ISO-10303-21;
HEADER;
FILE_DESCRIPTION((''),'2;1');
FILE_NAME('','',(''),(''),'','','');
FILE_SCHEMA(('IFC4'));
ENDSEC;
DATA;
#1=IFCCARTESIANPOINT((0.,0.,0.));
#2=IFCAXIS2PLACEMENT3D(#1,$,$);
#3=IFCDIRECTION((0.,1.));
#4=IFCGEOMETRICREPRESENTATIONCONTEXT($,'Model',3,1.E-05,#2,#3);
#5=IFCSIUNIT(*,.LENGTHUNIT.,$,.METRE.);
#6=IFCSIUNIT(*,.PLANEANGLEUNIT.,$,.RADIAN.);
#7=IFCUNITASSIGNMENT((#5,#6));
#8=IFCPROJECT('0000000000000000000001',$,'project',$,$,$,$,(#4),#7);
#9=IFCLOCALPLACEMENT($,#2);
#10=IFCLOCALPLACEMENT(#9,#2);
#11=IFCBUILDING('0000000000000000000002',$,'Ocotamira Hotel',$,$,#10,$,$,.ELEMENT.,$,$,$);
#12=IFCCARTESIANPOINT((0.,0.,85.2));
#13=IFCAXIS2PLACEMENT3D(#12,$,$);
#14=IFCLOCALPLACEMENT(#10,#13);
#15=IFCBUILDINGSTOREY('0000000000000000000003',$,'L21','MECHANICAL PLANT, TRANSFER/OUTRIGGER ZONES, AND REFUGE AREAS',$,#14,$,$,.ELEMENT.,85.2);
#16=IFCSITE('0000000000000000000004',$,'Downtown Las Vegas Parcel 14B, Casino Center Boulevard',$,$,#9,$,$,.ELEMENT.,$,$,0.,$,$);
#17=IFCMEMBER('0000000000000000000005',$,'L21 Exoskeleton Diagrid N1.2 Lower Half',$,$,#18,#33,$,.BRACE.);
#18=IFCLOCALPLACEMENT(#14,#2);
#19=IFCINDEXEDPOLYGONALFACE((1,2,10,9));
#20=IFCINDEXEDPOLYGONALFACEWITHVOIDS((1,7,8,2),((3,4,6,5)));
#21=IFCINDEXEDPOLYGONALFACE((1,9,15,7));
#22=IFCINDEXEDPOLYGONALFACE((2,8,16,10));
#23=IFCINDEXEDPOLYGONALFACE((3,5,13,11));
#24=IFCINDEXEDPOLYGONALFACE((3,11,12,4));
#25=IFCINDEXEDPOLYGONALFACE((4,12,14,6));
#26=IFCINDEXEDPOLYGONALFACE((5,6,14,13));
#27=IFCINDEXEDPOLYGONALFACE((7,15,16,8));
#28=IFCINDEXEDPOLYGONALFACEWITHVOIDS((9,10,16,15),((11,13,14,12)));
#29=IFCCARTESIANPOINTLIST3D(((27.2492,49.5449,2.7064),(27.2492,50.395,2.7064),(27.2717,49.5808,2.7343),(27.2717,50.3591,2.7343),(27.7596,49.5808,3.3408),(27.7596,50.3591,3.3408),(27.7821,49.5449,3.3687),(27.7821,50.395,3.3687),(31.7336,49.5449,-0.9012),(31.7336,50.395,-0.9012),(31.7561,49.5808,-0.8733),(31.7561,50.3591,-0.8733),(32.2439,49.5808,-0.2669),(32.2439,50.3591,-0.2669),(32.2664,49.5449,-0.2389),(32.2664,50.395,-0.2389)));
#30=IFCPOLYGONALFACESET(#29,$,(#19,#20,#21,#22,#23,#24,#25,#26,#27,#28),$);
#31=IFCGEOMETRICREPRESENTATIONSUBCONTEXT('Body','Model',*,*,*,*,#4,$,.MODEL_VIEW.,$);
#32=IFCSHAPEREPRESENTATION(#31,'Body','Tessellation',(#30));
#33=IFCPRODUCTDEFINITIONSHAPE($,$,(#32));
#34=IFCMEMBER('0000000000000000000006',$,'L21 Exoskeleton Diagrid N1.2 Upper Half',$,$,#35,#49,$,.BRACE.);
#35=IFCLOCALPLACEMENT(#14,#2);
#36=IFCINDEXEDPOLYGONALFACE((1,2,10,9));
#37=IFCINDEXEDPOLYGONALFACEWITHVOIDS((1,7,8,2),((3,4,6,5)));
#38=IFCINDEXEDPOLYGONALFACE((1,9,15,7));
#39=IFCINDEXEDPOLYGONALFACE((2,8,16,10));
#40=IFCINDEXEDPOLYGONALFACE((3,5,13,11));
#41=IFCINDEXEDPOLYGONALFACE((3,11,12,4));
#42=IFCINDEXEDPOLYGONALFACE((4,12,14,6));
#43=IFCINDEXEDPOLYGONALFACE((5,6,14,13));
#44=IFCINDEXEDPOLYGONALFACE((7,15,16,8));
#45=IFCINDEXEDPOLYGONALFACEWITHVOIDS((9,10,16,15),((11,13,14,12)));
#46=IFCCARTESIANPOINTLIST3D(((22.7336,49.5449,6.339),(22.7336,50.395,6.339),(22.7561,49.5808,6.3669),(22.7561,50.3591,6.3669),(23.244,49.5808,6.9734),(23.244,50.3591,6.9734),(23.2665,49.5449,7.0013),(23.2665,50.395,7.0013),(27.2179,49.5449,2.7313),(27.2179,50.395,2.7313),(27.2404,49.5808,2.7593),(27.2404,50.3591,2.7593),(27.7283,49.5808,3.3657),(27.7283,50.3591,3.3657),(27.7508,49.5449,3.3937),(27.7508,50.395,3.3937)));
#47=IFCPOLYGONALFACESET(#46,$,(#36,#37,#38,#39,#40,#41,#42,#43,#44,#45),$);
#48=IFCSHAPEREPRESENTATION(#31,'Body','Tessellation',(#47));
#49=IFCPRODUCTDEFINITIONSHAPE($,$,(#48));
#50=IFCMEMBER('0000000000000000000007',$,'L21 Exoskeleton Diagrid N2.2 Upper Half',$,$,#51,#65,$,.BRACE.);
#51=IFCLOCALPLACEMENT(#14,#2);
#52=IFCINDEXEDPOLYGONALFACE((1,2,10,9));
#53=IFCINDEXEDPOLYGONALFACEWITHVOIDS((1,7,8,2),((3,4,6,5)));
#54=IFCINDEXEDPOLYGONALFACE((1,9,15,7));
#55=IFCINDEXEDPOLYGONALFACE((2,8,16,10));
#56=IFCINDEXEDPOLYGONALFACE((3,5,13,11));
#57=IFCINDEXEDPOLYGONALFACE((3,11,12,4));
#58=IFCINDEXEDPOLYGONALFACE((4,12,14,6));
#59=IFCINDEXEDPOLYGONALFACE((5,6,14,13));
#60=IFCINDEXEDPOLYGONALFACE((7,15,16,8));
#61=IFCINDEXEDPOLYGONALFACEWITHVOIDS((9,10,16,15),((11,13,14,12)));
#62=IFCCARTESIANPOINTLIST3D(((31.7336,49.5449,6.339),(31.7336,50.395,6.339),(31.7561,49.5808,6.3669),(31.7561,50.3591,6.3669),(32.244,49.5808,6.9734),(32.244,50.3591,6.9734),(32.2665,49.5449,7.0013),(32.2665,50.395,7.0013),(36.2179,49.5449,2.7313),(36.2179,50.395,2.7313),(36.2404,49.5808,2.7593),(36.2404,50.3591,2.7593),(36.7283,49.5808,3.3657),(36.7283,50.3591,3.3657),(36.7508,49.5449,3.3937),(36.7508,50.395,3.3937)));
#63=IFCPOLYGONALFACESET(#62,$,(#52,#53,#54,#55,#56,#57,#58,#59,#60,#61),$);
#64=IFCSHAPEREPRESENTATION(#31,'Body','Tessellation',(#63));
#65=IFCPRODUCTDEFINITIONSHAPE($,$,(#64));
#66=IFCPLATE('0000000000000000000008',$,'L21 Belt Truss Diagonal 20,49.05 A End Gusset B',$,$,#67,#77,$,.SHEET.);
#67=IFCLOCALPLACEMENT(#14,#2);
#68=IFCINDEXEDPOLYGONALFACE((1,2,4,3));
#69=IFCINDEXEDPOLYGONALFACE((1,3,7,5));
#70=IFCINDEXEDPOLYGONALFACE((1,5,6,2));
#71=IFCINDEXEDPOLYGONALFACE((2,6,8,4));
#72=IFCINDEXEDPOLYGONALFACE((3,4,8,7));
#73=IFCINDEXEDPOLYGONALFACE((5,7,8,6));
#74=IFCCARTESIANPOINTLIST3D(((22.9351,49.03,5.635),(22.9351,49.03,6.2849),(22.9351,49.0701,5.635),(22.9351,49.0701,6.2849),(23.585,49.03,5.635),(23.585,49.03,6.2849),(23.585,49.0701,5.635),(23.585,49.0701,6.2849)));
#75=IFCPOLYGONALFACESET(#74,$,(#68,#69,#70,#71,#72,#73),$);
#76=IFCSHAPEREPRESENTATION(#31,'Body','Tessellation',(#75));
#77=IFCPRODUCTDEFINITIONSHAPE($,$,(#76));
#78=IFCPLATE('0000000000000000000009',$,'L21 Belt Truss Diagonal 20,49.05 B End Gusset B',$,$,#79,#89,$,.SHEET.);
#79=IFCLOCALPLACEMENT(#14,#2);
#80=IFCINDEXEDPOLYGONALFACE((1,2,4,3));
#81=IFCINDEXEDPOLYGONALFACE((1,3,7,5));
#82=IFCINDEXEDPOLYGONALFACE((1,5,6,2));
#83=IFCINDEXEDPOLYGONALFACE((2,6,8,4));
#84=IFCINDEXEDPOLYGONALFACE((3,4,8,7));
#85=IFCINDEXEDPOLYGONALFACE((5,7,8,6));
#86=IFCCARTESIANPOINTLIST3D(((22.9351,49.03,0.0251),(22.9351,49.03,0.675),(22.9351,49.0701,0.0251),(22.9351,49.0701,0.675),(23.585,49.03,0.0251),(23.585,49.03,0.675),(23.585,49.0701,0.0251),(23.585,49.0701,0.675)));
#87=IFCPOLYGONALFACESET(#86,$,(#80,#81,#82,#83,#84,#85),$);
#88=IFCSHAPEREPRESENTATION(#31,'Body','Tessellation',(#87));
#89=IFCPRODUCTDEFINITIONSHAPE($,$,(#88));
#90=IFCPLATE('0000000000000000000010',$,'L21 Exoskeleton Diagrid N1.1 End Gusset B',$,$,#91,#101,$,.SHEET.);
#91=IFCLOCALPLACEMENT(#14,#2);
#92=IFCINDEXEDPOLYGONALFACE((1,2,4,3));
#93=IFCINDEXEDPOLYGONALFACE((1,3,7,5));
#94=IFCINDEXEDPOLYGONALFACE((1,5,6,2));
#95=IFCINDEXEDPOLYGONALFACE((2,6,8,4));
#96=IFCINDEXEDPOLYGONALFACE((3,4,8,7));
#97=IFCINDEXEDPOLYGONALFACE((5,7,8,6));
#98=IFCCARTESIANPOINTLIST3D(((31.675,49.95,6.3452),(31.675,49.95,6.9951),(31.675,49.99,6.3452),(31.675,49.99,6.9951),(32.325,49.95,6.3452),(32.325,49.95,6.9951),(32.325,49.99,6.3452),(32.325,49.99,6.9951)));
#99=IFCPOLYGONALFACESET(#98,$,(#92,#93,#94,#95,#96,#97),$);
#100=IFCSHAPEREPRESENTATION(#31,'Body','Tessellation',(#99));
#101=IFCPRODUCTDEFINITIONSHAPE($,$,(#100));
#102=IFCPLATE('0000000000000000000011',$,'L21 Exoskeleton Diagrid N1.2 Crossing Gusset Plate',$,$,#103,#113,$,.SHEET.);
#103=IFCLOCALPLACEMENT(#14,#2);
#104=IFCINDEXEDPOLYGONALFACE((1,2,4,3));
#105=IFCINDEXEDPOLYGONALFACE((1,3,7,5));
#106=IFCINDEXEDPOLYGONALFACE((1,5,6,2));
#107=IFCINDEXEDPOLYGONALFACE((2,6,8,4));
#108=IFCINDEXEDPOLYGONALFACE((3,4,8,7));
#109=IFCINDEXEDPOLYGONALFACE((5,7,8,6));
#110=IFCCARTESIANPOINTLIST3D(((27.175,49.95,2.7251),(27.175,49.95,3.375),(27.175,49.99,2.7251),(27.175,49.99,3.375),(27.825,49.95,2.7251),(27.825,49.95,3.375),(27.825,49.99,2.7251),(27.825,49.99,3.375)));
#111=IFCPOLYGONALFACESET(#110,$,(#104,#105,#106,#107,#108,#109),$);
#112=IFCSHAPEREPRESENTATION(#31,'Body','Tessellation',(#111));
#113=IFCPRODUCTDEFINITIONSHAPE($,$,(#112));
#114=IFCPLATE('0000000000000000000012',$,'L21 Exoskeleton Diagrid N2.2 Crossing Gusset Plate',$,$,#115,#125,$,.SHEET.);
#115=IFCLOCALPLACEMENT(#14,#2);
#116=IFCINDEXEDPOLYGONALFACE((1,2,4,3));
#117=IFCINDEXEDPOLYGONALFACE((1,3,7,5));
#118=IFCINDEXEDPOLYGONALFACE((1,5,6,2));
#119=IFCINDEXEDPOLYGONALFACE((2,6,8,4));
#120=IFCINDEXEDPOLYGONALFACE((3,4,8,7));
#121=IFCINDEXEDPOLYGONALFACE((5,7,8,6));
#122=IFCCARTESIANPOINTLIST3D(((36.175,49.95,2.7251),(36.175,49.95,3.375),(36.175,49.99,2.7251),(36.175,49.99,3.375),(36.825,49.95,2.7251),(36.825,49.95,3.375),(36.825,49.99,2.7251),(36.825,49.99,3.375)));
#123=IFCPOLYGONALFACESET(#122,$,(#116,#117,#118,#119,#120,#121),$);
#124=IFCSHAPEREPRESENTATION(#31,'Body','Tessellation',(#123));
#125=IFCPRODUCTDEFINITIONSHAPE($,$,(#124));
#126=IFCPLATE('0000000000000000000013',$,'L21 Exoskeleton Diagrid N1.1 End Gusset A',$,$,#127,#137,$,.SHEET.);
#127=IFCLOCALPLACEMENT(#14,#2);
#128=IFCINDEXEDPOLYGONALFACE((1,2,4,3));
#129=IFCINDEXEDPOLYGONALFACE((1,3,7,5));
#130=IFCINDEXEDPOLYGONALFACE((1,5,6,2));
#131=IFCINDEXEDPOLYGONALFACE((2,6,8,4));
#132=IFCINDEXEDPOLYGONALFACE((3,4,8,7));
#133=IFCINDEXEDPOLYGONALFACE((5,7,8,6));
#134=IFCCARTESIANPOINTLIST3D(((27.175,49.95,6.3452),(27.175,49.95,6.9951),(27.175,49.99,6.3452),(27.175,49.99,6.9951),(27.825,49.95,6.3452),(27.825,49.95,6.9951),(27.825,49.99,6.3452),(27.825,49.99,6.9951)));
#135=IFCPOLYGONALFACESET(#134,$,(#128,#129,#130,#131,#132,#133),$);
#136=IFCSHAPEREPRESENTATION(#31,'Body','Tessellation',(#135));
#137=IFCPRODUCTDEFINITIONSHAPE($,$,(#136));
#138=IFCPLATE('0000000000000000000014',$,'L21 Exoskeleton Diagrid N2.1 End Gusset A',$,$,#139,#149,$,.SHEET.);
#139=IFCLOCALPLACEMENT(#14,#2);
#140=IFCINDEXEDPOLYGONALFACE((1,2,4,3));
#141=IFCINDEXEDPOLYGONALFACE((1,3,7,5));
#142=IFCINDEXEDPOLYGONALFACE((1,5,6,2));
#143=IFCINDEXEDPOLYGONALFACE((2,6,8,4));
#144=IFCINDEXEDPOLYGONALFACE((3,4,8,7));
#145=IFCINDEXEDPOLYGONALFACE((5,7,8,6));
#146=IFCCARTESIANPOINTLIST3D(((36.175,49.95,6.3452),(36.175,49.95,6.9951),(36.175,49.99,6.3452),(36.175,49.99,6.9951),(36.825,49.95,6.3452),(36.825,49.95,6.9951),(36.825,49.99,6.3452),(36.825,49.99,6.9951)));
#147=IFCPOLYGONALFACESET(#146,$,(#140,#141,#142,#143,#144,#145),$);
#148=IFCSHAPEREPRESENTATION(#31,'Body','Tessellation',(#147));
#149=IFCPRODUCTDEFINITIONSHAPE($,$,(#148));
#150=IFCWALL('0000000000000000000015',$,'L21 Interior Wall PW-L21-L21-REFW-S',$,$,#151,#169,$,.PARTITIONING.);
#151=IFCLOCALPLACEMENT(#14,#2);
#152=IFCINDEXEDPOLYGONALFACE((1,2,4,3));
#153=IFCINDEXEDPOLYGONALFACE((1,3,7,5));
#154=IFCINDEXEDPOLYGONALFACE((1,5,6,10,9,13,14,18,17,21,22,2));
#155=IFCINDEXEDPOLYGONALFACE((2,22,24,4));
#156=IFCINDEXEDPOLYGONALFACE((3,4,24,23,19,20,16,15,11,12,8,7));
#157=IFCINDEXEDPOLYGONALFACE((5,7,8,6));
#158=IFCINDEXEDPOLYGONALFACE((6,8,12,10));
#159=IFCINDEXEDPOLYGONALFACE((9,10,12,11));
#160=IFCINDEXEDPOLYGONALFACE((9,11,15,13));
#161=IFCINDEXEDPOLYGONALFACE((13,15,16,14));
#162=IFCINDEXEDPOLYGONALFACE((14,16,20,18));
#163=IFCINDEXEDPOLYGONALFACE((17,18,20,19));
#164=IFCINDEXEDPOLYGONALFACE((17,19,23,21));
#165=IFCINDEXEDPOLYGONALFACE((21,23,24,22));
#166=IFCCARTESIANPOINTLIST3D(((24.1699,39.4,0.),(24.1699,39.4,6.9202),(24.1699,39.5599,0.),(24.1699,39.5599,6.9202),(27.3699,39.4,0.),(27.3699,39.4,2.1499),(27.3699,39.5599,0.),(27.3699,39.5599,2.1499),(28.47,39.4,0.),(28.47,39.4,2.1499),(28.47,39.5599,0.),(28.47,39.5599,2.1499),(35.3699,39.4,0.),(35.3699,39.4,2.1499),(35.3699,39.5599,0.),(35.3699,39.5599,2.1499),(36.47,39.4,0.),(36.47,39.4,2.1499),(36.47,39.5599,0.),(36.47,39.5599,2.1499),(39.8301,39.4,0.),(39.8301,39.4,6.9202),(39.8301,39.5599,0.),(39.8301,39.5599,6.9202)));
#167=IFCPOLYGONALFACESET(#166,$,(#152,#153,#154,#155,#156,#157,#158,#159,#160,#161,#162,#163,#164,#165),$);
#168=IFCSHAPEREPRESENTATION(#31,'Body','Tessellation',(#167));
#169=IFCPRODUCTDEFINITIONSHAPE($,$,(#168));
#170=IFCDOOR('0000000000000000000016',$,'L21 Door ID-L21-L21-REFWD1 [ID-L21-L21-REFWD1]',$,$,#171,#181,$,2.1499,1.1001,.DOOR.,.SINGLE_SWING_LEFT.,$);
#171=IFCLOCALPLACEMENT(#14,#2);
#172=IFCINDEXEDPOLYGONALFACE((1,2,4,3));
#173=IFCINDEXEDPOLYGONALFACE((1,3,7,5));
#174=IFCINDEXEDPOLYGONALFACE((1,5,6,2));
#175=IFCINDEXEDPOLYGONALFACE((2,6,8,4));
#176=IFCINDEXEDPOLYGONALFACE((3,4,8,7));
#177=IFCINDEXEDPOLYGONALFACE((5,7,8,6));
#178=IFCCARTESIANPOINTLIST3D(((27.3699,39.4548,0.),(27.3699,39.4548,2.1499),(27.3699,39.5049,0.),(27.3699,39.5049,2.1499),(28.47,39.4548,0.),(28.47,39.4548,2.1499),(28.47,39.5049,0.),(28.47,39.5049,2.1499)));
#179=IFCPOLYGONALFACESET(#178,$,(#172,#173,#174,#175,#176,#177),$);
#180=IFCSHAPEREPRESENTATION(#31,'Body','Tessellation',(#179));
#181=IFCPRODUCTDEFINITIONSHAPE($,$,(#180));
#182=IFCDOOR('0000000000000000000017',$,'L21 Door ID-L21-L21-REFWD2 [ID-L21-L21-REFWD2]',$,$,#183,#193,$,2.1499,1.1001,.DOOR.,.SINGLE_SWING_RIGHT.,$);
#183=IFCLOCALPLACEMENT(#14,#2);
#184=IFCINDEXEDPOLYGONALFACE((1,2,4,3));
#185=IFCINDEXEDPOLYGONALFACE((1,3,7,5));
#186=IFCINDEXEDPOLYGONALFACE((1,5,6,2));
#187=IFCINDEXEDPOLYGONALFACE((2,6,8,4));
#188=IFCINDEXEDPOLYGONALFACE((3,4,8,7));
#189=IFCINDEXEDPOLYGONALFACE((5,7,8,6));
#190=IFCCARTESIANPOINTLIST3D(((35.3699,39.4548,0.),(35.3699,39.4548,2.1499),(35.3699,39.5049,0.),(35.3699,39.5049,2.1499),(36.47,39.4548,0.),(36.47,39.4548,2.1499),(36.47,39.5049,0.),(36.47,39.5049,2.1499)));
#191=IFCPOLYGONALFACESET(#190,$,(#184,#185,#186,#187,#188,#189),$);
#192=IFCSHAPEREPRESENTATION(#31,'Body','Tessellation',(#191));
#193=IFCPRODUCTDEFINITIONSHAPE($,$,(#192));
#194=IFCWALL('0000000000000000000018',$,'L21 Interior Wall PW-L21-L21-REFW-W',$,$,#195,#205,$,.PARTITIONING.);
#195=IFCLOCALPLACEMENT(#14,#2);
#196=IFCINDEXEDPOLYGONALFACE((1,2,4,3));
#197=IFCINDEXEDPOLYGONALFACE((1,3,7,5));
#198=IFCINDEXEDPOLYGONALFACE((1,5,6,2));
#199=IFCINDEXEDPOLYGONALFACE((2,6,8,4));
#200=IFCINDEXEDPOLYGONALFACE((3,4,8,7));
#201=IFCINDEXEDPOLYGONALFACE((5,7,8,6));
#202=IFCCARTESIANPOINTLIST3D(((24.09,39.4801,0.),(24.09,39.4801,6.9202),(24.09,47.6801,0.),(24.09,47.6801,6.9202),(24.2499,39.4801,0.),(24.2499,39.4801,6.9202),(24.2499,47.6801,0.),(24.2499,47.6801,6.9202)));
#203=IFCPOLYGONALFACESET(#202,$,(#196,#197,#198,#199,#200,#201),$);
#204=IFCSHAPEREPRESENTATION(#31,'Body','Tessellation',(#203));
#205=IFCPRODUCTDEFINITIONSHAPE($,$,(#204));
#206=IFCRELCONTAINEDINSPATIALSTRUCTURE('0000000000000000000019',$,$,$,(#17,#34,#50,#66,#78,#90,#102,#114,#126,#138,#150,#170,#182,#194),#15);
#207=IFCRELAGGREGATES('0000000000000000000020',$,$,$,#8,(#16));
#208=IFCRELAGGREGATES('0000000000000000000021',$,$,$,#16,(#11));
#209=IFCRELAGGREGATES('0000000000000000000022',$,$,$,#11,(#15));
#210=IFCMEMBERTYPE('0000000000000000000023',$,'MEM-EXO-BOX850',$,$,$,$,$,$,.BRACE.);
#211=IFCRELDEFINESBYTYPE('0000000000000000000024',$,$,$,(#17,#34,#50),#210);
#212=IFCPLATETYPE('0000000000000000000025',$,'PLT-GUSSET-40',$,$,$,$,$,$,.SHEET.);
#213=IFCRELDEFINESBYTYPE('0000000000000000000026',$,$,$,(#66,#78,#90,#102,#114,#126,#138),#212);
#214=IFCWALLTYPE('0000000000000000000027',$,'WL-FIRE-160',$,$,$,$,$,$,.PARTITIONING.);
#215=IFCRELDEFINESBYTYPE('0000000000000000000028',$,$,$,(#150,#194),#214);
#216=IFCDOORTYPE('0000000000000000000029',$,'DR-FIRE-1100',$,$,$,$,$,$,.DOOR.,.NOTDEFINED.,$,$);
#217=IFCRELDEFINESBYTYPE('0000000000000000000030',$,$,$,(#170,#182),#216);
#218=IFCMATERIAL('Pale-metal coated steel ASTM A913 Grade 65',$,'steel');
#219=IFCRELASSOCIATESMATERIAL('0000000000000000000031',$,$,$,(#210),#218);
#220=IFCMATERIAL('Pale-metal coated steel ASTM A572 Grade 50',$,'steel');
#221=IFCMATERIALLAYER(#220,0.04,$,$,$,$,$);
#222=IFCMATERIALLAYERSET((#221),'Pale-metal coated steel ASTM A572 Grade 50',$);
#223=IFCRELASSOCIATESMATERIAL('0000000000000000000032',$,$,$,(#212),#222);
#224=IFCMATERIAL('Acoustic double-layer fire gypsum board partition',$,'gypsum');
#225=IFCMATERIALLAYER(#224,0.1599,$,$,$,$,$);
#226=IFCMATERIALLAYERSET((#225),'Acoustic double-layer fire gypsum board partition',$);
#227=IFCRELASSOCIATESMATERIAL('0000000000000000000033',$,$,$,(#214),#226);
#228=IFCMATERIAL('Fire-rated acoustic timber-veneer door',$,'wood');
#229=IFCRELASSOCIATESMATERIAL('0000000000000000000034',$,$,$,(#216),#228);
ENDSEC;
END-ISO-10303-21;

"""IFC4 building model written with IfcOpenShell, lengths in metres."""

from ifc_helpers import new_model, si_unit, direction, frame, frame_2d, origin, origin_2d, place, context, subcontext, project, spatial, rectangle, hollow_rectangle, extrude, source, transform, mapped, material, layer, layer_set, material_profile, profile_set, type_object, element, fill, save


model = new_model("IFC4")

# Units and contexts
model_context = context("Model", 3, precision=1e-05, world=origin(), true_north=direction((0.0, 1.0)))
body_context = subcontext(model_context, "Body", "Model", "MODEL_VIEW")
ifc_project = project(units=[si_unit("LENGTHUNIT", "METRE"), si_unit("PLANEANGLEUNIT", "RADIAN")], contexts=[model_context])

# Site, building, storey
site_placement = place(None, origin())
site = spatial("IfcSite", under=ifc_project, at=site_placement, Name="Downtown Las Vegas Parcel 14B, Casino Center Boulevard", CompositionType="ELEMENT", RefElevation=0.0)
building_placement = place(site_placement, origin())
building = spatial("IfcBuilding", under=site, at=building_placement, Name="Ocotamira Hotel", CompositionType="ELEMENT")
storey_placement = place(building_placement, frame((0.0, 0.0, 85.2)))
storey = spatial("IfcBuildingStorey", under=building, at=storey_placement, Name="L21", Description="MECHANICAL PLANT, TRANSFER/OUTRIGGER ZONES, AND REFUGE AREAS", CompositionType="ELEMENT", Elevation=85.2)

# Members
ifc_material_1 = material(Name="Pale-metal coated steel ASTM A913 Grade 65", Category="steel")
ifc_material_profile_1 = material_profile(ifc_material_1, hollow_rectangle(XDim=0.8501, YDim=0.8501, WallThickness=0.0359, at=origin_2d()), Name="BOX850X850X36")
ifc_profile_set_1 = profile_set([ifc_material_profile_1], Name="Pale-metal coated steel ASTM A913 Grade 65")
member_type = type_object("IfcMemberType", Name="MEM-EXO-BOX850", PredefinedType="BRACE", material=ifc_profile_set_1)
shared_shape_1 = source(origin(), body_context, "Body", "SweptSolid", [
    extrude(hollow_rectangle(XDim=0.8501, YDim=0.8501, WallThickness=0.0359, at=origin_2d()), origin(), (0.0, 0.0, 1.0), 5.7554),
])
for number, where, z_axis, x_axis, name in (
    (1, (32.0, 49.97, -0.5701), (-0.779157, 0.0, 0.626829), (0.0, -1.0, 0.0), "L21 Exoskeleton Diagrid N1.2 Lower Half"),
    (2, (27.4844, 49.97, 3.0625), (-0.779157, 0.0, 0.626829), (0.0, -1.0, 0.0), "L21 Exoskeleton Diagrid N1.2 Upper Half"),
    (3, (36.4844, 49.97, 3.0625), (-0.779157, 0.0, 0.626829), (0.0, -1.0, 0.0), "L21 Exoskeleton Diagrid N2.2 Upper Half"),
):
    element("IfcMember", number, at=place(storey_placement, frame(where, z_axis=z_axis, x_axis=x_axis)), inside=storey, type_object=member_type, Name=name, PredefinedType="BRACE", context=body_context, shape_type="MappedRepresentation", body=[
        mapped(shared_shape_1, transform((0.0, 0.0, 0.0), scale=1.0)),
    ])

# Plates
ifc_material_2 = material(Name="Pale-metal coated steel ASTM A572 Grade 50", Category="steel")
ifc_layer_1 = layer(ifc_material_2, 0.04)
ifc_layer_set_1 = layer_set([ifc_layer_1], Name="Pale-metal coated steel ASTM A572 Grade 50")
plate_type = type_object("IfcPlateType", Name="PLT-GUSSET-40", PredefinedType="SHEET", material=ifc_layer_set_1)
shared_shape_2 = source(origin(), body_context, "Body", "SweptSolid", [
    extrude(rectangle(XDim=0.6499, YDim=0.04, at=origin_2d()), origin(), (0.0, 0.0, 1.0), 0.6499),
])
for number, where, z_axis, x_axis, name in (
    (4, (23.26, 49.05, 5.635), (0.0, 0.0, 1.0), (1.0, 0.0, 0.0), "L21 Belt Truss Diagonal 20,49.05 A End Gusset B"),
    (5, (23.26, 49.05, 0.0251), (0.0, 0.0, 1.0), (1.0, 0.0, 0.0), "L21 Belt Truss Diagonal 20,49.05 B End Gusset B"),
    (6, (32.0, 49.97, 6.3452), (0.0, 0.0, 1.0), (1.0, 0.0, 0.0), "L21 Exoskeleton Diagrid N1.1 End Gusset B"),
    (7, (27.5, 49.97, 2.7251), (0.0, 0.0, 1.0), (-1.0, 0.0, 0.0), "L21 Exoskeleton Diagrid N1.2 Crossing Gusset Plate"),
    (8, (36.5, 49.97, 2.7251), (0.0, 0.0, 1.0), (-1.0, 0.0, 0.0), "L21 Exoskeleton Diagrid N2.2 Crossing Gusset Plate"),
    (9, (27.5, 49.97, 6.3452), (0.0, 0.0, 1.0), (-1.0, 0.0, 0.0), "L21 Exoskeleton Diagrid N1.1 End Gusset A"),
    (10, (36.5, 49.97, 6.3452), (0.0, 0.0, 1.0), (-1.0, 0.0, 0.0), "L21 Exoskeleton Diagrid N2.1 End Gusset A"),
):
    element("IfcPlate", number, at=place(storey_placement, frame(where, z_axis=z_axis, x_axis=x_axis)), inside=storey, type_object=plate_type, Name=name, PredefinedType="SHEET", context=body_context, shape_type="MappedRepresentation", body=[
        mapped(shared_shape_2, transform((0.0, 0.0, 0.0), scale=1.0)),
    ])

# Wall, openings, doors
ifc_material_3 = material(Name="Acoustic double-layer fire gypsum board partition", Category="gypsum")
ifc_layer_2 = layer(ifc_material_3, 0.1599)
ifc_layer_set_2 = layer_set([ifc_layer_2], Name="Acoustic double-layer fire gypsum board partition")
wall_type = type_object("IfcWallType", Name="WL-FIRE-160", PredefinedType="PARTITIONING", material=ifc_layer_set_2)
wall_1_placement = place(storey_placement, frame((24.1699, 39.48, 0.0), z_axis=(0.0, 0.0, 1.0), x_axis=(1.0, 0.0, 0.0)))
wall_1 = element("IfcWall", 11, at=wall_1_placement, inside=storey, type_object=wall_type, Name="L21 Interior Wall PW-L21-L21-REFW-S", PredefinedType="PARTITIONING", context=body_context, shape_type="SweptSolid", body=[
    extrude(rectangle(XDim=15.6602, YDim=0.1599, at=frame_2d((7.8301, 0.0))), origin(), (0.0, 0.0, 1.0), 6.9202),
])
opening_1_placement = place(wall_1_placement, frame((3.2, 0.0, 0.0)))
opening_1 = element("IfcOpeningElement", 12, at=opening_1_placement, cuts=wall_1, PredefinedType="OPENING", context=body_context, shape_type="SweptSolid", body=[
    extrude(rectangle(XDim=1.1001, YDim=2.1499, at=frame_2d((0.55, 1.075))), frame((0.0, 0.0898, 0.0), z_axis=(0.0, -1.0, 0.0), x_axis=(1.0, 0.0, 0.0)), (0.0, 0.0, 1.0), 0.1799),
])
opening_2_placement = place(wall_1_placement, frame((11.2, 0.0, 0.0)))
opening_2 = element("IfcOpeningElement", 13, at=opening_2_placement, cuts=wall_1, PredefinedType="OPENING", context=body_context, shape_type="SweptSolid", body=[
    extrude(rectangle(XDim=1.1001, YDim=2.1499, at=frame_2d((0.55, 1.075))), frame((0.0, 0.0898, 0.0), z_axis=(0.0, -1.0, 0.0), x_axis=(1.0, 0.0, 0.0)), (0.0, 0.0, 1.0), 0.1799),
])
ifc_material_4 = material(Name="Fire-rated acoustic timber-veneer door", Category="wood")
door_type = type_object("IfcDoorType", Name="DR-FIRE-1100", OperationType="NOTDEFINED", PredefinedType="DOOR", material=ifc_material_4)
shared_shape_3 = source(origin(), body_context, "Body", "SweptSolid", [
    extrude(rectangle(XDim=1.1001, YDim=2.1499, at=frame_2d((0.55, 1.075))), frame((0.0, 0.0249, 0.0), z_axis=(0.0, -1.0, 0.0), x_axis=(1.0, 0.0, 0.0)), (0.0, 0.0, 1.0), 0.05),
])
door_1_placement = place(opening_1_placement, origin())
door_1 = element("IfcDoor", 14, at=door_1_placement, inside=storey, type_object=door_type, Name="L21 Door ID-L21-L21-REFWD1 [ID-L21-L21-REFWD1]", OperationType="SINGLE_SWING_LEFT", OverallHeight=2.1499, OverallWidth=1.1001, PredefinedType="DOOR", context=body_context, shape_type="MappedRepresentation", body=[
    mapped(shared_shape_3, transform((0.0, 0.0, 0.0), scale=1.0)),
])
fill(opening_1, door_1)
door_2_placement = place(opening_2_placement, origin())
door_2 = element("IfcDoor", 15, at=door_2_placement, inside=storey, type_object=door_type, Name="L21 Door ID-L21-L21-REFWD2 [ID-L21-L21-REFWD2]", OperationType="SINGLE_SWING_RIGHT", OverallHeight=2.1499, OverallWidth=1.1001, PredefinedType="DOOR", context=body_context, shape_type="MappedRepresentation", body=[
    mapped(shared_shape_3, transform((0.0, 0.0, 0.0), scale=1.0)),
])
fill(opening_2, door_2)

# Wall
for number, where, z_axis, x_axis, name in (
    (16, (24.1699, 39.48, 0.0), (0.0, 0.0, 1.0), (0.0, 1.0, 0.0), "L21 Interior Wall PW-L21-L21-REFW-W"),
):
    element("IfcWall", number, at=place(storey_placement, frame(where, z_axis=z_axis, x_axis=x_axis)), inside=storey, type_object=wall_type, Name=name, PredefinedType="PARTITIONING", context=body_context, shape_type="SweptSolid", body=[
        extrude(rectangle(XDim=8.2, YDim=0.1599, at=frame_2d((4.1001, 0.0))), origin(), (0.0, 0.0, 1.0), 6.9202),
    ])

save(model, "model.ifc")
